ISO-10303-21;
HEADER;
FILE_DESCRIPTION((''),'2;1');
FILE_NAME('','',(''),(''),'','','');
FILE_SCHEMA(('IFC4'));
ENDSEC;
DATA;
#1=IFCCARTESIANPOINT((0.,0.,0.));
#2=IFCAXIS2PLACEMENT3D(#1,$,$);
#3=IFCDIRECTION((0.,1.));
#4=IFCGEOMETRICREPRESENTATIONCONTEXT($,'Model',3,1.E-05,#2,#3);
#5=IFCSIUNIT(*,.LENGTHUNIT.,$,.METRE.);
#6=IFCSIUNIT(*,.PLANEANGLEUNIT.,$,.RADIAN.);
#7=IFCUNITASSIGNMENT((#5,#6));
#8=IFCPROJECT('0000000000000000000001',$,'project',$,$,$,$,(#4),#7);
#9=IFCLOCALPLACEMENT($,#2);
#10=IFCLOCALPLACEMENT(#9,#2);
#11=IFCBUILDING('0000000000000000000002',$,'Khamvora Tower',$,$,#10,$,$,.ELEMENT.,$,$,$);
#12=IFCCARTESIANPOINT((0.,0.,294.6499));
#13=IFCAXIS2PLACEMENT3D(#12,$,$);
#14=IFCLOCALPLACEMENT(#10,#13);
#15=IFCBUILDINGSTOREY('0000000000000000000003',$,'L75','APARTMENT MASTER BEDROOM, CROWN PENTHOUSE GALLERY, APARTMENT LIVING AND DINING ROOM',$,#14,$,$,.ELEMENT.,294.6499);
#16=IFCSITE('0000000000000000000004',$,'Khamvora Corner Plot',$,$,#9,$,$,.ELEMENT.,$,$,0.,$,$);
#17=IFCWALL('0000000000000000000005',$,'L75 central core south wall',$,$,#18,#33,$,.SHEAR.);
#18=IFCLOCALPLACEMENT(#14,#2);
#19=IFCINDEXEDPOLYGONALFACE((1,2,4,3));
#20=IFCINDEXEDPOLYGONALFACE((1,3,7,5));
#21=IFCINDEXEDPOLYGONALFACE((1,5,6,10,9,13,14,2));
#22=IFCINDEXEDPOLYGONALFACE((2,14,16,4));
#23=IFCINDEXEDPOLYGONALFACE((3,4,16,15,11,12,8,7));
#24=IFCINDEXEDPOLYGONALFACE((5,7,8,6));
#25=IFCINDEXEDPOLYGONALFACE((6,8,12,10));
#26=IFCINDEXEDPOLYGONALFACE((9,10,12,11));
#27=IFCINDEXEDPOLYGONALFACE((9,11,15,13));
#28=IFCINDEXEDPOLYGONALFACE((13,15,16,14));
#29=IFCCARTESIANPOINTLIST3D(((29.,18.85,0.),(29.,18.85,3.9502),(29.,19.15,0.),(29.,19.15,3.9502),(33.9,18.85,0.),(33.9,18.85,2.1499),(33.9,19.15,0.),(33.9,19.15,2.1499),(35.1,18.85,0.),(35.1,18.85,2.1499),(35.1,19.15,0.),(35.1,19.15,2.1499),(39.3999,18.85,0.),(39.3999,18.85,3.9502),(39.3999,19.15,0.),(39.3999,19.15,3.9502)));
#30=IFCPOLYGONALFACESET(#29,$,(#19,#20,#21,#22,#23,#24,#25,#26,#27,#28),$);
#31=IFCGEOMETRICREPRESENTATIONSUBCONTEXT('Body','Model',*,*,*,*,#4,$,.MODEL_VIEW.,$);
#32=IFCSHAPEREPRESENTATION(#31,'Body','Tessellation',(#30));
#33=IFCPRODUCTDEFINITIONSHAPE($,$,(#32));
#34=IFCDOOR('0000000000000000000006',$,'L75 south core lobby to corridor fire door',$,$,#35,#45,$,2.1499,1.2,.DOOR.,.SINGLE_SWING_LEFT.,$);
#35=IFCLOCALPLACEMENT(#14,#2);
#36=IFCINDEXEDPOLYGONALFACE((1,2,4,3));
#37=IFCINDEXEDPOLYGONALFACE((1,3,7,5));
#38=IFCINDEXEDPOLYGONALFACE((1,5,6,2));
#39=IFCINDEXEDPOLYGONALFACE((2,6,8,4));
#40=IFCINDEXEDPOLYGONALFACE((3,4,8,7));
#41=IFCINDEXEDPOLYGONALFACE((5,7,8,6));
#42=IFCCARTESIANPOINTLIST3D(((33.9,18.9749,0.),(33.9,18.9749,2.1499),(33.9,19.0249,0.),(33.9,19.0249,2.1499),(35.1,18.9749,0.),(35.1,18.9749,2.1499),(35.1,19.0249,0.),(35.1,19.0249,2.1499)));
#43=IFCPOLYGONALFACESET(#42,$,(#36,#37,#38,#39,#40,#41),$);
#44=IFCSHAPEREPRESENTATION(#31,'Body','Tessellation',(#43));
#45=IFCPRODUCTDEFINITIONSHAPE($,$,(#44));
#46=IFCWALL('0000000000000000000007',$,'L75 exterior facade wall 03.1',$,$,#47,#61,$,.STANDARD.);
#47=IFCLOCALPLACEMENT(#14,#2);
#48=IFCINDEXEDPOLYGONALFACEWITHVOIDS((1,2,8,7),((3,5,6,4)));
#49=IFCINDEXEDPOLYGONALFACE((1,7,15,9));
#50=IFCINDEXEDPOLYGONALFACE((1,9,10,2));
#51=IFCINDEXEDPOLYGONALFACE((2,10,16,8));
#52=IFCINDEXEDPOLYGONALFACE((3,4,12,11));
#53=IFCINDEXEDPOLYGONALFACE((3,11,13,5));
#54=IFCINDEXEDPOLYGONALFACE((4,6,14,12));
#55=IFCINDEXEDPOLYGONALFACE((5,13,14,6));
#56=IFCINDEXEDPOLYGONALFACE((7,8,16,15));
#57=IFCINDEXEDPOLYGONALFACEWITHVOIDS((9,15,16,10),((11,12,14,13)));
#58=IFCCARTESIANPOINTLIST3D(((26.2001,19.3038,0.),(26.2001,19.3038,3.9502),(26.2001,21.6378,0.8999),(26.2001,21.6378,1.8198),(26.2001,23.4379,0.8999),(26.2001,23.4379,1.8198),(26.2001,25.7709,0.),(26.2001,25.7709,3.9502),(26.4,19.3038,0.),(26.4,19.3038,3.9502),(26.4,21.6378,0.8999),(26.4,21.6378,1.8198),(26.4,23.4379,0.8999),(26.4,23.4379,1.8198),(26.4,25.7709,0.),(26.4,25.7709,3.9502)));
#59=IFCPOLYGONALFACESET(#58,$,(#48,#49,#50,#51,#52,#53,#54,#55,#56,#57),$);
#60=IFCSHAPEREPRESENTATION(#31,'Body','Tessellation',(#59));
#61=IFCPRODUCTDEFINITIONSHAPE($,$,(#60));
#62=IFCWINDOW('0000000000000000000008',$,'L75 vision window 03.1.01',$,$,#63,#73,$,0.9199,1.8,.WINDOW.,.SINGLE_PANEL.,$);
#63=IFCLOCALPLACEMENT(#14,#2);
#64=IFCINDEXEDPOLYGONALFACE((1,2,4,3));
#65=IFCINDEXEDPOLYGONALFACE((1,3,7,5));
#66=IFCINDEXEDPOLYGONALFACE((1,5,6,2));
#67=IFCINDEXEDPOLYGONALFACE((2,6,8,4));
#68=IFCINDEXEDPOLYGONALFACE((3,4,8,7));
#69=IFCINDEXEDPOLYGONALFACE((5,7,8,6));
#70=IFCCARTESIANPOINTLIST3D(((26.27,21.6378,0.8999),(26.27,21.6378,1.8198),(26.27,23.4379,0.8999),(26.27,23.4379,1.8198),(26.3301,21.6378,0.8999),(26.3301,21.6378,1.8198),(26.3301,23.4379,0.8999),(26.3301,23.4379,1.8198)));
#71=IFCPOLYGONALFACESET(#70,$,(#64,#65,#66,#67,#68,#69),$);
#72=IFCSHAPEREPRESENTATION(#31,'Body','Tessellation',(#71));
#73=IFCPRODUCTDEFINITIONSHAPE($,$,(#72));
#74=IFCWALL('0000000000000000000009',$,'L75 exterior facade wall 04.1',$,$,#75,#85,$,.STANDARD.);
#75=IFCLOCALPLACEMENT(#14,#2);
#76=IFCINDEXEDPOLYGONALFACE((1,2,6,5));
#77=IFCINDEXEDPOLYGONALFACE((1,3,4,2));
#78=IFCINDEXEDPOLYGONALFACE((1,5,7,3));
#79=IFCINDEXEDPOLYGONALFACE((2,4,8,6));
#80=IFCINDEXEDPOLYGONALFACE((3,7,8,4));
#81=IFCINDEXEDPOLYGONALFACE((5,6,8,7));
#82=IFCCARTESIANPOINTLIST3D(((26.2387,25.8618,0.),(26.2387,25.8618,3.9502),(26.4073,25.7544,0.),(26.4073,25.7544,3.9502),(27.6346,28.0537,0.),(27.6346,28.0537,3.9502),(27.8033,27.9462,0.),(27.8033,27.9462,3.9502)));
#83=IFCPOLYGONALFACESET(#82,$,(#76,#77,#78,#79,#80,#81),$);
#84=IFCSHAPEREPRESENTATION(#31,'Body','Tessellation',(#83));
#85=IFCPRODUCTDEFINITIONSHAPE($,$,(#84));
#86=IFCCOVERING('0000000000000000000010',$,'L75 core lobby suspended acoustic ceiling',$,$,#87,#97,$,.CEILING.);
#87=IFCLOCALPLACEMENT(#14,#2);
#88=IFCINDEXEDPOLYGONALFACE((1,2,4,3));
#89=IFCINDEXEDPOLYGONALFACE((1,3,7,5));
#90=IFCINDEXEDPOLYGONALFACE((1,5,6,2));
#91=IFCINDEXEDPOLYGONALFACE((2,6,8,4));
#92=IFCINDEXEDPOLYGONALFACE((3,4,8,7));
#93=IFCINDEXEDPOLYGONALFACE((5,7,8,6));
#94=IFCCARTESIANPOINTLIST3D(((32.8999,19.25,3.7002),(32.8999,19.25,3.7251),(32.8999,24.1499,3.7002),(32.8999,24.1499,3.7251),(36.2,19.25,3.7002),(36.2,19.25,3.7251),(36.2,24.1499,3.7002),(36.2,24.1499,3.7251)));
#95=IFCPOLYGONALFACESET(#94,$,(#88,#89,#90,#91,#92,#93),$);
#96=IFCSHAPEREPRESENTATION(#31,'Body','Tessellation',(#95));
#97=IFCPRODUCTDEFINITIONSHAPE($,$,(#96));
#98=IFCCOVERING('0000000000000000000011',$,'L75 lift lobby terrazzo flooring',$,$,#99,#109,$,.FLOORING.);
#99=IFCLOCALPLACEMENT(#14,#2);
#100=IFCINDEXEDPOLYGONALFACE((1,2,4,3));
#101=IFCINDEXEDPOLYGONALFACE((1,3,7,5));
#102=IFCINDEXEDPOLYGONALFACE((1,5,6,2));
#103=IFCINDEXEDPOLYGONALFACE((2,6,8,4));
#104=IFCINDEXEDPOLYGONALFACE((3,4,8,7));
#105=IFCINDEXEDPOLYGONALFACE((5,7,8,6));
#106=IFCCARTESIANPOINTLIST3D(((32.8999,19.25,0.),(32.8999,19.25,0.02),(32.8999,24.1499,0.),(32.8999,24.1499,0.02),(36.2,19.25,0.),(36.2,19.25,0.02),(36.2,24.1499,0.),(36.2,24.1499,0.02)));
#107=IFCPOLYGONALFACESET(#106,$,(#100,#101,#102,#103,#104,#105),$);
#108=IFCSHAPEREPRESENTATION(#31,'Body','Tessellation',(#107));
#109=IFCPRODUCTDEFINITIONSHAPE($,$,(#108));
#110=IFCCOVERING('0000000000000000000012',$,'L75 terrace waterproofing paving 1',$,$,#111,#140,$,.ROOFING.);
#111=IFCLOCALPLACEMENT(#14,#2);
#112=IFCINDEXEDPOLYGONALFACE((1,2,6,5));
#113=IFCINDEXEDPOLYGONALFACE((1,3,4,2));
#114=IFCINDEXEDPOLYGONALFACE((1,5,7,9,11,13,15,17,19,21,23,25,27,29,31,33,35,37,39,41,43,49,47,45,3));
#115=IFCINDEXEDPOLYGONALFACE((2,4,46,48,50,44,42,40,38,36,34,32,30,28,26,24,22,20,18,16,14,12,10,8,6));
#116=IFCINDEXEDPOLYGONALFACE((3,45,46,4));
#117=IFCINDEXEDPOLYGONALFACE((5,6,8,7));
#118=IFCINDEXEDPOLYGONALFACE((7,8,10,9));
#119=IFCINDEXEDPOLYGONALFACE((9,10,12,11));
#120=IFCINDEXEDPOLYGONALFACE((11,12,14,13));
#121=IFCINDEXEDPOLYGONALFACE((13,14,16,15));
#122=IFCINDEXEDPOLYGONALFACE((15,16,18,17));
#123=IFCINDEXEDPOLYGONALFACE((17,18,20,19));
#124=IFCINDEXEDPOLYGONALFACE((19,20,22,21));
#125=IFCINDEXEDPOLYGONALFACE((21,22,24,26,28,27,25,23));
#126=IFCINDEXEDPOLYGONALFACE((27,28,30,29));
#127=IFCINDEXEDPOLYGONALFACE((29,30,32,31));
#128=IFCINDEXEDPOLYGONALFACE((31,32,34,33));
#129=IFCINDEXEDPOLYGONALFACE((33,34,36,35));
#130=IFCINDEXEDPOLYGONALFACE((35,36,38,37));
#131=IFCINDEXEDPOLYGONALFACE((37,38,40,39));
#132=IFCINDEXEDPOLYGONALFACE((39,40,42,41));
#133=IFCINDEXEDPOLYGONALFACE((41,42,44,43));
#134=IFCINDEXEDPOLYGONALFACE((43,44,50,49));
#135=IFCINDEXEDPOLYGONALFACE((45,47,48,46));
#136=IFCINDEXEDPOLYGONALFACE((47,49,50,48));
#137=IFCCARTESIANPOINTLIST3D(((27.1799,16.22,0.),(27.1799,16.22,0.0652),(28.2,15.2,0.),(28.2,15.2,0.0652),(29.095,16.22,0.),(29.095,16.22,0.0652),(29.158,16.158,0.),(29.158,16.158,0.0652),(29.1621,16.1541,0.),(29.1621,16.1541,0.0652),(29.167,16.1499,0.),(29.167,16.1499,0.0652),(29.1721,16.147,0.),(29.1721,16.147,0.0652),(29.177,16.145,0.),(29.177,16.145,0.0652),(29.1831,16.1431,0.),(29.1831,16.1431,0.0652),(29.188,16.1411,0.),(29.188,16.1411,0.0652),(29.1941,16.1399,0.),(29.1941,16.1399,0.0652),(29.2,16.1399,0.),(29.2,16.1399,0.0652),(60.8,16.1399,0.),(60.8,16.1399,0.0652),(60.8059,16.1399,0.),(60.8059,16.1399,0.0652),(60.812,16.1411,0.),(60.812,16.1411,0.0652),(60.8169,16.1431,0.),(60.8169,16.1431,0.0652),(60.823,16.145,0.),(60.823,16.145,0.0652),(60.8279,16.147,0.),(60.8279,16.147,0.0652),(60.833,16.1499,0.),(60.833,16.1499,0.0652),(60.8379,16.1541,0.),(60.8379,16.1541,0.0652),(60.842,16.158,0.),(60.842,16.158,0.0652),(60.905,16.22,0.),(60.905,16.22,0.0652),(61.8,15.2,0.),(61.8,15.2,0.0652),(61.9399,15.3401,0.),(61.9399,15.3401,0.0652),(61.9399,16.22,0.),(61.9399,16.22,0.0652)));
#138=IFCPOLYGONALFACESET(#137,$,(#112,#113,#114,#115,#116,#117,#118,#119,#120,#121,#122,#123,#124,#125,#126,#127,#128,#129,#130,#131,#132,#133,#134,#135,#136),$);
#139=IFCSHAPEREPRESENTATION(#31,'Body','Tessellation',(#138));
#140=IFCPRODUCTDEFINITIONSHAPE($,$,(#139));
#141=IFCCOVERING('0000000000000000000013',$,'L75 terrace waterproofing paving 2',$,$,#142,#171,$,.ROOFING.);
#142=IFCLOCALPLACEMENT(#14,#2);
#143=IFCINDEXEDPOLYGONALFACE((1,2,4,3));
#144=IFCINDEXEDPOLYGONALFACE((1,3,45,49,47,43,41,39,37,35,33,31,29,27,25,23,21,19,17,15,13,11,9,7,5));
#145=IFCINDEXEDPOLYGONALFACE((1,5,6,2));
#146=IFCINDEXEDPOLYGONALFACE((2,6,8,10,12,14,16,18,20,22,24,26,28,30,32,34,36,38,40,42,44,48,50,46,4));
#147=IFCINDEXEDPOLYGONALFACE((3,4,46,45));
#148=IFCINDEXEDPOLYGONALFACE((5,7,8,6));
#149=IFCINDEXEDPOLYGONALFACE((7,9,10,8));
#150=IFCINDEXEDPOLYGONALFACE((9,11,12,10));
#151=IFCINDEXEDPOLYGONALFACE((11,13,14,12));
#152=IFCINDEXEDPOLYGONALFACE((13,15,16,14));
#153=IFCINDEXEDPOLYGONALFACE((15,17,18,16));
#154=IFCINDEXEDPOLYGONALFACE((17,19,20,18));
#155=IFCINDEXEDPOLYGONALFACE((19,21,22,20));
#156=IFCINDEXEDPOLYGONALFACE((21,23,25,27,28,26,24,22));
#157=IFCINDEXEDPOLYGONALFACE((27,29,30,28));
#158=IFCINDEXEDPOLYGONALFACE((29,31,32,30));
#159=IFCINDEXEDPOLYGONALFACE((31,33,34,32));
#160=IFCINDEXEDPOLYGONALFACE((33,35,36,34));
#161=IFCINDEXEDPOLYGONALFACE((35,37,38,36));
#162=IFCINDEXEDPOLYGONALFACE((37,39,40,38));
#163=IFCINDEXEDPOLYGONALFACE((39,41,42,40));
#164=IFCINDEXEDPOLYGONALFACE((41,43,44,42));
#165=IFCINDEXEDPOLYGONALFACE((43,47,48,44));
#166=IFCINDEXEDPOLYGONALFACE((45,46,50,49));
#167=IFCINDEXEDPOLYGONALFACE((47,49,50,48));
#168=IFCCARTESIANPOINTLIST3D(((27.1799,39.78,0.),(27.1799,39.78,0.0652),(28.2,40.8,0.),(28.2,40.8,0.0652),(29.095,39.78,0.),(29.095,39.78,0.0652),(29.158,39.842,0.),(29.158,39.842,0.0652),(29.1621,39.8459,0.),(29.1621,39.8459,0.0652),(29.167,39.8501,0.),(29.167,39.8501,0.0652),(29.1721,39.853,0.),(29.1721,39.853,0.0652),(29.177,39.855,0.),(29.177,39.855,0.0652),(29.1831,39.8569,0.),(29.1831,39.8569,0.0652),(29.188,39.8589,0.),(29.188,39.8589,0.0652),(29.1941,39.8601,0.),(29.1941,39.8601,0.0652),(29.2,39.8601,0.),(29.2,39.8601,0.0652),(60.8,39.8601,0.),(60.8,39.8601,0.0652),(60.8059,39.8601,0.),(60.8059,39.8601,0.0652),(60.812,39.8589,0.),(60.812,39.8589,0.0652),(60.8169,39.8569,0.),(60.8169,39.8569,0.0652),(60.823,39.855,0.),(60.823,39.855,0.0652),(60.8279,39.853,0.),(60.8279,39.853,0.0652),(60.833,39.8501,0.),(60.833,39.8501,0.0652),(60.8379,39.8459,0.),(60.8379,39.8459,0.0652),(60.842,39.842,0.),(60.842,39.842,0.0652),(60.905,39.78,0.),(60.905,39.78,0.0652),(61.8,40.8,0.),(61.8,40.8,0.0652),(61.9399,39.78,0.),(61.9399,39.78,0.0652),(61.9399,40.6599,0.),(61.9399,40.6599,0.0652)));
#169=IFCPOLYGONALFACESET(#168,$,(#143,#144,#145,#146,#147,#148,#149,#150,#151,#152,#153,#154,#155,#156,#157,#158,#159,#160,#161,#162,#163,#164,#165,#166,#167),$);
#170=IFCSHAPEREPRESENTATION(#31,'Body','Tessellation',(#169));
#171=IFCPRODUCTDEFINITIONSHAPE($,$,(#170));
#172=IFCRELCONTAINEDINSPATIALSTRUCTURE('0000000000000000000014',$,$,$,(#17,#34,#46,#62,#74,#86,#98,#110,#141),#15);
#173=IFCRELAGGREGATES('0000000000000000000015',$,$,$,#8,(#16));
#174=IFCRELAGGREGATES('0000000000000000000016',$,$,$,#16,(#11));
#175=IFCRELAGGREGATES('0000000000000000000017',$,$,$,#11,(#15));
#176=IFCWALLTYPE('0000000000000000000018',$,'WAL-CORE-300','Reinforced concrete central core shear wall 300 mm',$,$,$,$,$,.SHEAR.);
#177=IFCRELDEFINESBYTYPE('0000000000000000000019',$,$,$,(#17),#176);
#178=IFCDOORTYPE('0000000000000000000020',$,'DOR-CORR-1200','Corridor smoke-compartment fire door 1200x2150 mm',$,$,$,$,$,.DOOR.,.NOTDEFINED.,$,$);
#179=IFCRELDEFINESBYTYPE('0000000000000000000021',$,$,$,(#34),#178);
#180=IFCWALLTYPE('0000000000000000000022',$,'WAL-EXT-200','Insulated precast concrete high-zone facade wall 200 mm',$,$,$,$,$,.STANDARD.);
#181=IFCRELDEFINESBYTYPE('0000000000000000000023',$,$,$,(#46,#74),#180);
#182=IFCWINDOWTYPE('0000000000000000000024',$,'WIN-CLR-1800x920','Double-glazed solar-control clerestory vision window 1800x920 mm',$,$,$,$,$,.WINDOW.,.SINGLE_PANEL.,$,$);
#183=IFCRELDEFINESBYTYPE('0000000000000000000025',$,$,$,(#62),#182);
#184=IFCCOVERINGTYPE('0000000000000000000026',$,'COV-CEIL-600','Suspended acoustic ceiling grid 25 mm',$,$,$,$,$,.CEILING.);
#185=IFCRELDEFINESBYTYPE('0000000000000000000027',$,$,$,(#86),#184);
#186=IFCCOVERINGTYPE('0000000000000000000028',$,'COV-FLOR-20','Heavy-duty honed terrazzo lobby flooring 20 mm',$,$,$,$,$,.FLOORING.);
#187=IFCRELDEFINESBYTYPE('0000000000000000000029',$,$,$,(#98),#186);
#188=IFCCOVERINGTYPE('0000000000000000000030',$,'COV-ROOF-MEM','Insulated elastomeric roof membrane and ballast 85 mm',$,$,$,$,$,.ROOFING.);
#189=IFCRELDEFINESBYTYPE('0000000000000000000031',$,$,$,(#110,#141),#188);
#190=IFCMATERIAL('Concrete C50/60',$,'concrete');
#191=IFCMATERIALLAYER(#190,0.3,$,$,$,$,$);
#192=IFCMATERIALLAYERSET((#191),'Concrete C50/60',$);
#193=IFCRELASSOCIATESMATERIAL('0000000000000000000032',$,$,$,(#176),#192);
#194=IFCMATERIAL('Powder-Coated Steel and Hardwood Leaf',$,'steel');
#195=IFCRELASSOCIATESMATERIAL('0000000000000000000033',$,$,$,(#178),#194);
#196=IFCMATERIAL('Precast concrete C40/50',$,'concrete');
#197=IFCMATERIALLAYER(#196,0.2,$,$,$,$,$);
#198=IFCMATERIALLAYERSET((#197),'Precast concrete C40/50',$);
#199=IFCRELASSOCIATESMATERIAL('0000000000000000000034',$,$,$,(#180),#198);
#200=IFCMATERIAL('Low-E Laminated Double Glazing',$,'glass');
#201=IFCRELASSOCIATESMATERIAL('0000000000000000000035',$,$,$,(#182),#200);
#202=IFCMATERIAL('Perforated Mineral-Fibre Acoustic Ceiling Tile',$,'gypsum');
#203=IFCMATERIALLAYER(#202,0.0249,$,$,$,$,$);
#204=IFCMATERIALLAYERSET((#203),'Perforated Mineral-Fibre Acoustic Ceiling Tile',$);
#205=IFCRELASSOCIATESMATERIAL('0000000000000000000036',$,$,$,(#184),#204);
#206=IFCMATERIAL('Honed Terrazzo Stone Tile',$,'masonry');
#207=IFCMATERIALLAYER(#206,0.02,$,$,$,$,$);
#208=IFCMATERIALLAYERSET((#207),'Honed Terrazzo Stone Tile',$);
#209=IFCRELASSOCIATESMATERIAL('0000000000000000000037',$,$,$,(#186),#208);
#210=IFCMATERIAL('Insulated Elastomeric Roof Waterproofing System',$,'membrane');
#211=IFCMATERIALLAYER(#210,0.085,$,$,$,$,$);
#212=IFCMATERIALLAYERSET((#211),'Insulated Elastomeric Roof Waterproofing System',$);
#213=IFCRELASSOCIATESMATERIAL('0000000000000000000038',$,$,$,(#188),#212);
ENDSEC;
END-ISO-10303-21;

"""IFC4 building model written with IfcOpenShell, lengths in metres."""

from ifc_helpers import new_model, si_unit, direction, frame, frame_2d, origin, place, context, subcontext, project, spatial, polyline, rectangle, outline, extrude, material, layer, layer_set, type_object, element, fill, save


model = new_model("IFC4")

# Units and contexts
model_context = context("Model", 3, precision=1e-05, world=origin(), true_north=direction((0.0, 1.0)))
body_context = subcontext(model_context, "Body", "Model", "MODEL_VIEW")
ifc_project = project(units=[si_unit("LENGTHUNIT", "METRE"), si_unit("PLANEANGLEUNIT", "RADIAN")], contexts=[model_context])

# Site, building, storey
site_placement = place(None, origin())
site = spatial("IfcSite", under=ifc_project, at=site_placement, Name="Khamvora Corner Plot", CompositionType="ELEMENT", RefElevation=0.0)
building_placement = place(site_placement, origin())
building = spatial("IfcBuilding", under=site, at=building_placement, Name="Khamvora Tower", CompositionType="ELEMENT")
storey_placement = place(building_placement, frame((0.0, 0.0, 294.6499)))
storey = spatial("IfcBuildingStorey", under=building, at=storey_placement, Name="L75", Description="APARTMENT MASTER BEDROOM, CROWN PENTHOUSE GALLERY, APARTMENT LIVING AND DINING ROOM", CompositionType="ELEMENT", Elevation=294.6499)

# Shared definitions
ifc_material_1 = material(Name="Concrete C50/60", Category="concrete")
ifc_layer_1 = layer(ifc_material_1, 0.3)
ifc_layer_set_1 = layer_set([ifc_layer_1], Name="Concrete C50/60")
wall_type_1 = type_object("IfcWallType", Name="WAL-CORE-300", Description="Reinforced concrete central core shear wall 300 mm", PredefinedType="SHEAR", material=ifc_layer_set_1)

# Wall, opening, door
wall_1_placement = place(storey_placement, frame((29.0, 19.0, 0.0), z_axis=(0.0, 0.0, 1.0), x_axis=(1.0, 0.0, 0.0)))
wall_1 = element("IfcWall", 1, at=wall_1_placement, inside=storey, type_object=wall_type_1, Name="L75 central core south wall", PredefinedType="SHEAR", context=body_context, shape_type="SweptSolid", body=[
    extrude(rectangle(XDim=10.3999, YDim=0.3, at=frame_2d((5.2, 0.0))), origin(), (0.0, 0.0, 1.0), 3.9502),
])
opening_1_placement = place(wall_1_placement, frame((4.8999, 0.0, 0.0)))
opening_1 = element("IfcOpeningElement", 2, at=opening_1_placement, cuts=wall_1, PredefinedType="OPENING", context=body_context, shape_type="SweptSolid", body=[
    extrude(rectangle(XDim=1.2, YDim=2.1499, at=frame_2d((0.6001, 1.075))), frame((0.0, 0.1599, 0.0), z_axis=(0.0, -1.0, 0.0), x_axis=(1.0, 0.0, 0.0)), (0.0, 0.0, 1.0), 0.3201),
])
ifc_material_2 = material(Name="Powder-Coated Steel and Hardwood Leaf", Category="steel")
door_type = type_object("IfcDoorType", Name="DOR-CORR-1200", Description="Corridor smoke-compartment fire door 1200x2150 mm", OperationType="NOTDEFINED", PredefinedType="DOOR", material=ifc_material_2)
door_placement = place(opening_1_placement, origin())
door = element("IfcDoor", 3, at=door_placement, inside=storey, type_object=door_type, Name="L75 south core lobby to corridor fire door", OperationType="SINGLE_SWING_LEFT", OverallHeight=2.1499, OverallWidth=1.2, PredefinedType="DOOR", context=body_context, shape_type="SweptSolid", body=[
    extrude(rectangle(XDim=1.2, YDim=2.1499, at=frame_2d((0.6001, 1.075))), frame((0.0, 0.0249, 0.0), z_axis=(0.0, -1.0, 0.0), x_axis=(1.0, 0.0, 0.0)), (0.0, 0.0, 1.0), 0.05),
])
fill(opening_1, door)

# Wall, opening, window
ifc_material_3 = material(Name="Precast concrete C40/50", Category="concrete")
ifc_layer_2 = layer(ifc_material_3, 0.2)
ifc_layer_set_2 = layer_set([ifc_layer_2], Name="Precast concrete C40/50")
wall_type_2 = type_object("IfcWallType", Name="WAL-EXT-200", Description="Insulated precast concrete high-zone facade wall 200 mm", PredefinedType="STANDARD", material=ifc_layer_set_2)
wall_2_placement = place(storey_placement, frame((26.3, 19.304, 0.0), z_axis=(0.0, 0.0, 1.0), x_axis=(0.0, 1.0, 0.0)))
wall_2 = element("IfcWall", 4, at=wall_2_placement, inside=storey, type_object=wall_type_2, Name="L75 exterior facade wall 03.1", PredefinedType="STANDARD", context=body_context, shape_type="SweptSolid", body=[
    extrude(rectangle(XDim=6.467, YDim=0.2, at=frame_2d((3.2334, 0.0))), origin(), (0.0, 0.0, 1.0), 3.9502),
])
opening_2_placement = place(wall_2_placement, frame((2.334, 0.0, 0.8999)))
opening_2 = element("IfcOpeningElement", 5, at=opening_2_placement, cuts=wall_2, PredefinedType="OPENING", context=body_context, shape_type="SweptSolid", body=[
    extrude(rectangle(XDim=1.8, YDim=0.9199, at=frame_2d((0.8999, 0.46))), frame((0.0, 0.1099, 0.0), z_axis=(0.0, -1.0, 0.0), x_axis=(1.0, 0.0, 0.0)), (0.0, 0.0, 1.0), 0.22),
])
ifc_material_4 = material(Name="Low-E Laminated Double Glazing", Category="glass")
window_type = type_object("IfcWindowType", Name="WIN-CLR-1800x920", Description="Double-glazed solar-control clerestory vision window 1800x920 mm", PartitioningType="SINGLE_PANEL", PredefinedType="WINDOW", material=ifc_material_4)
window_placement = place(opening_2_placement, origin())
window = element("IfcWindow", 6, at=window_placement, inside=storey, type_object=window_type, Name="L75 vision window 03.1.01", OverallHeight=0.9199, OverallWidth=1.8, PartitioningType="SINGLE_PANEL", PredefinedType="WINDOW", context=body_context, shape_type="SweptSolid", body=[
    extrude(rectangle(XDim=1.8, YDim=0.9199, at=frame_2d((0.8999, 0.46))), frame((0.0, 0.03, 0.0), z_axis=(0.0, -1.0, 0.0), x_axis=(1.0, 0.0, 0.0)), (0.0, 0.0, 1.0), 0.0601),
])
fill(opening_2, window)

# Wall
wall_3_placement = place(storey_placement, frame((26.323, 25.8081, 0.0), z_axis=(0.0, 0.0, 1.0), x_axis=(0.537192, 0.84346, 0.0)))
element("IfcWall", 7, at=wall_3_placement, inside=storey, type_object=wall_type_2, Name="L75 exterior facade wall 04.1", PredefinedType="STANDARD", context=body_context, shape_type="SweptSolid", body=[
    extrude(rectangle(XDim=2.5986, YDim=0.2, at=frame_2d((1.2993, 0.0))), origin(), (0.0, 0.0, 1.0), 3.9502),
])

# Coverings
ifc_material_5 = material(Name="Perforated Mineral-Fibre Acoustic Ceiling Tile", Category="gypsum")
ifc_layer_3 = layer(ifc_material_5, 0.0249)
ifc_layer_set_3 = layer_set([ifc_layer_3], Name="Perforated Mineral-Fibre Acoustic Ceiling Tile")
covering_type_1 = type_object("IfcCoveringType", Name="COV-CEIL-600", Description="Suspended acoustic ceiling grid 25 mm", PredefinedType="CEILING", material=ifc_layer_set_3)
covering_1_placement = place(storey_placement, frame((0.0, 0.0, 3.7002)))
element("IfcCovering", 8, at=covering_1_placement, inside=storey, type_object=covering_type_1, Name="L75 core lobby suspended acoustic ceiling", PredefinedType="CEILING", context=body_context, shape_type="SweptSolid", body=[
    extrude(outline(polyline([(32.8999, 19.25), (36.2, 19.25), (36.2, 24.1499), (32.8999, 24.1499), (32.8999, 19.25)])), origin(), (0.0, 0.0, 1.0), 0.0249),
])
ifc_material_6 = material(Name="Honed Terrazzo Stone Tile", Category="masonry")
ifc_layer_4 = layer(ifc_material_6, 0.02)
ifc_layer_set_4 = layer_set([ifc_layer_4], Name="Honed Terrazzo Stone Tile")
covering_type_2 = type_object("IfcCoveringType", Name="COV-FLOR-20", Description="Heavy-duty honed terrazzo lobby flooring 20 mm", PredefinedType="FLOORING", material=ifc_layer_set_4)
covering_2_placement = place(storey_placement, origin())
element("IfcCovering", 9, at=covering_2_placement, inside=storey, type_object=covering_type_2, Name="L75 lift lobby terrazzo flooring", PredefinedType="FLOORING", context=body_context, shape_type="SweptSolid", body=[
    extrude(outline(polyline([(32.8999, 19.25), (36.2, 19.25), (36.2, 24.1499), (32.8999, 24.1499), (32.8999, 19.25)])), origin(), (0.0, 0.0, 1.0), 0.02),
])
ifc_material_7 = material(Name="Insulated Elastomeric Roof Waterproofing System", Category="membrane")
ifc_layer_5 = layer(ifc_material_7, 0.085)
ifc_layer_set_5 = layer_set([ifc_layer_5], Name="Insulated Elastomeric Roof Waterproofing System")
covering_type_3 = type_object("IfcCoveringType", Name="COV-ROOF-MEM", Description="Insulated elastomeric roof membrane and ballast 85 mm", PredefinedType="ROOFING", material=ifc_layer_set_5)
covering_3_placement = place(storey_placement, origin())
element("IfcCovering", 10, at=covering_3_placement, inside=storey, type_object=covering_type_3, Name="L75 terrace waterproofing paving 1", PredefinedType="ROOFING", context=body_context, shape_type="SweptSolid", body=[
    extrude(outline(polyline([(28.2, 15.2), (27.1799, 16.22), (29.095, 16.22), (29.158, 16.158), (29.1621, 16.1541), (29.167, 16.1499), (29.1721, 16.147), (29.177, 16.145), (29.1831, 16.1431), (29.188, 16.1411), (29.1941, 16.1399), (29.2, 16.1399), (60.8, 16.1399), (60.8059, 16.1399), (60.812, 16.1411), (60.8169, 16.1431), (60.823, 16.145), (60.8279, 16.147), (60.833, 16.1499), (60.8379, 16.1541), (60.842, 16.158), (60.905, 16.22), (61.9399, 16.22), (61.9399, 15.3401), (61.8, 15.2), (28.2, 15.2)])), origin(), (0.0, 0.0, 1.0), 0.0652),
])
covering_4_placement = place(storey_placement, origin())
element("IfcCovering", 11, at=covering_4_placement, inside=storey, type_object=covering_type_3, Name="L75 terrace waterproofing paving 2", PredefinedType="ROOFING", context=body_context, shape_type="SweptSolid", body=[
    extrude(outline(polyline([(28.2, 40.8), (61.8, 40.8), (61.9399, 40.6599), (61.9399, 39.78), (60.905, 39.78), (60.842, 39.842), (60.8379, 39.8459), (60.833, 39.8501), (60.8279, 39.853), (60.823, 39.855), (60.8169, 39.8569), (60.812, 39.8589), (60.8059, 39.8601), (60.8, 39.8601), (29.2, 39.8601), (29.1941, 39.8601), (29.188, 39.8589), (29.1831, 39.8569), (29.177, 39.855), (29.1721, 39.853), (29.167, 39.8501), (29.1621, 39.8459), (29.158, 39.842), (29.095, 39.78), (27.1799, 39.78), (28.2, 40.8)])), origin(), (0.0, 0.0, 1.0), 0.0652),
])

save(model, "model.ifc")
